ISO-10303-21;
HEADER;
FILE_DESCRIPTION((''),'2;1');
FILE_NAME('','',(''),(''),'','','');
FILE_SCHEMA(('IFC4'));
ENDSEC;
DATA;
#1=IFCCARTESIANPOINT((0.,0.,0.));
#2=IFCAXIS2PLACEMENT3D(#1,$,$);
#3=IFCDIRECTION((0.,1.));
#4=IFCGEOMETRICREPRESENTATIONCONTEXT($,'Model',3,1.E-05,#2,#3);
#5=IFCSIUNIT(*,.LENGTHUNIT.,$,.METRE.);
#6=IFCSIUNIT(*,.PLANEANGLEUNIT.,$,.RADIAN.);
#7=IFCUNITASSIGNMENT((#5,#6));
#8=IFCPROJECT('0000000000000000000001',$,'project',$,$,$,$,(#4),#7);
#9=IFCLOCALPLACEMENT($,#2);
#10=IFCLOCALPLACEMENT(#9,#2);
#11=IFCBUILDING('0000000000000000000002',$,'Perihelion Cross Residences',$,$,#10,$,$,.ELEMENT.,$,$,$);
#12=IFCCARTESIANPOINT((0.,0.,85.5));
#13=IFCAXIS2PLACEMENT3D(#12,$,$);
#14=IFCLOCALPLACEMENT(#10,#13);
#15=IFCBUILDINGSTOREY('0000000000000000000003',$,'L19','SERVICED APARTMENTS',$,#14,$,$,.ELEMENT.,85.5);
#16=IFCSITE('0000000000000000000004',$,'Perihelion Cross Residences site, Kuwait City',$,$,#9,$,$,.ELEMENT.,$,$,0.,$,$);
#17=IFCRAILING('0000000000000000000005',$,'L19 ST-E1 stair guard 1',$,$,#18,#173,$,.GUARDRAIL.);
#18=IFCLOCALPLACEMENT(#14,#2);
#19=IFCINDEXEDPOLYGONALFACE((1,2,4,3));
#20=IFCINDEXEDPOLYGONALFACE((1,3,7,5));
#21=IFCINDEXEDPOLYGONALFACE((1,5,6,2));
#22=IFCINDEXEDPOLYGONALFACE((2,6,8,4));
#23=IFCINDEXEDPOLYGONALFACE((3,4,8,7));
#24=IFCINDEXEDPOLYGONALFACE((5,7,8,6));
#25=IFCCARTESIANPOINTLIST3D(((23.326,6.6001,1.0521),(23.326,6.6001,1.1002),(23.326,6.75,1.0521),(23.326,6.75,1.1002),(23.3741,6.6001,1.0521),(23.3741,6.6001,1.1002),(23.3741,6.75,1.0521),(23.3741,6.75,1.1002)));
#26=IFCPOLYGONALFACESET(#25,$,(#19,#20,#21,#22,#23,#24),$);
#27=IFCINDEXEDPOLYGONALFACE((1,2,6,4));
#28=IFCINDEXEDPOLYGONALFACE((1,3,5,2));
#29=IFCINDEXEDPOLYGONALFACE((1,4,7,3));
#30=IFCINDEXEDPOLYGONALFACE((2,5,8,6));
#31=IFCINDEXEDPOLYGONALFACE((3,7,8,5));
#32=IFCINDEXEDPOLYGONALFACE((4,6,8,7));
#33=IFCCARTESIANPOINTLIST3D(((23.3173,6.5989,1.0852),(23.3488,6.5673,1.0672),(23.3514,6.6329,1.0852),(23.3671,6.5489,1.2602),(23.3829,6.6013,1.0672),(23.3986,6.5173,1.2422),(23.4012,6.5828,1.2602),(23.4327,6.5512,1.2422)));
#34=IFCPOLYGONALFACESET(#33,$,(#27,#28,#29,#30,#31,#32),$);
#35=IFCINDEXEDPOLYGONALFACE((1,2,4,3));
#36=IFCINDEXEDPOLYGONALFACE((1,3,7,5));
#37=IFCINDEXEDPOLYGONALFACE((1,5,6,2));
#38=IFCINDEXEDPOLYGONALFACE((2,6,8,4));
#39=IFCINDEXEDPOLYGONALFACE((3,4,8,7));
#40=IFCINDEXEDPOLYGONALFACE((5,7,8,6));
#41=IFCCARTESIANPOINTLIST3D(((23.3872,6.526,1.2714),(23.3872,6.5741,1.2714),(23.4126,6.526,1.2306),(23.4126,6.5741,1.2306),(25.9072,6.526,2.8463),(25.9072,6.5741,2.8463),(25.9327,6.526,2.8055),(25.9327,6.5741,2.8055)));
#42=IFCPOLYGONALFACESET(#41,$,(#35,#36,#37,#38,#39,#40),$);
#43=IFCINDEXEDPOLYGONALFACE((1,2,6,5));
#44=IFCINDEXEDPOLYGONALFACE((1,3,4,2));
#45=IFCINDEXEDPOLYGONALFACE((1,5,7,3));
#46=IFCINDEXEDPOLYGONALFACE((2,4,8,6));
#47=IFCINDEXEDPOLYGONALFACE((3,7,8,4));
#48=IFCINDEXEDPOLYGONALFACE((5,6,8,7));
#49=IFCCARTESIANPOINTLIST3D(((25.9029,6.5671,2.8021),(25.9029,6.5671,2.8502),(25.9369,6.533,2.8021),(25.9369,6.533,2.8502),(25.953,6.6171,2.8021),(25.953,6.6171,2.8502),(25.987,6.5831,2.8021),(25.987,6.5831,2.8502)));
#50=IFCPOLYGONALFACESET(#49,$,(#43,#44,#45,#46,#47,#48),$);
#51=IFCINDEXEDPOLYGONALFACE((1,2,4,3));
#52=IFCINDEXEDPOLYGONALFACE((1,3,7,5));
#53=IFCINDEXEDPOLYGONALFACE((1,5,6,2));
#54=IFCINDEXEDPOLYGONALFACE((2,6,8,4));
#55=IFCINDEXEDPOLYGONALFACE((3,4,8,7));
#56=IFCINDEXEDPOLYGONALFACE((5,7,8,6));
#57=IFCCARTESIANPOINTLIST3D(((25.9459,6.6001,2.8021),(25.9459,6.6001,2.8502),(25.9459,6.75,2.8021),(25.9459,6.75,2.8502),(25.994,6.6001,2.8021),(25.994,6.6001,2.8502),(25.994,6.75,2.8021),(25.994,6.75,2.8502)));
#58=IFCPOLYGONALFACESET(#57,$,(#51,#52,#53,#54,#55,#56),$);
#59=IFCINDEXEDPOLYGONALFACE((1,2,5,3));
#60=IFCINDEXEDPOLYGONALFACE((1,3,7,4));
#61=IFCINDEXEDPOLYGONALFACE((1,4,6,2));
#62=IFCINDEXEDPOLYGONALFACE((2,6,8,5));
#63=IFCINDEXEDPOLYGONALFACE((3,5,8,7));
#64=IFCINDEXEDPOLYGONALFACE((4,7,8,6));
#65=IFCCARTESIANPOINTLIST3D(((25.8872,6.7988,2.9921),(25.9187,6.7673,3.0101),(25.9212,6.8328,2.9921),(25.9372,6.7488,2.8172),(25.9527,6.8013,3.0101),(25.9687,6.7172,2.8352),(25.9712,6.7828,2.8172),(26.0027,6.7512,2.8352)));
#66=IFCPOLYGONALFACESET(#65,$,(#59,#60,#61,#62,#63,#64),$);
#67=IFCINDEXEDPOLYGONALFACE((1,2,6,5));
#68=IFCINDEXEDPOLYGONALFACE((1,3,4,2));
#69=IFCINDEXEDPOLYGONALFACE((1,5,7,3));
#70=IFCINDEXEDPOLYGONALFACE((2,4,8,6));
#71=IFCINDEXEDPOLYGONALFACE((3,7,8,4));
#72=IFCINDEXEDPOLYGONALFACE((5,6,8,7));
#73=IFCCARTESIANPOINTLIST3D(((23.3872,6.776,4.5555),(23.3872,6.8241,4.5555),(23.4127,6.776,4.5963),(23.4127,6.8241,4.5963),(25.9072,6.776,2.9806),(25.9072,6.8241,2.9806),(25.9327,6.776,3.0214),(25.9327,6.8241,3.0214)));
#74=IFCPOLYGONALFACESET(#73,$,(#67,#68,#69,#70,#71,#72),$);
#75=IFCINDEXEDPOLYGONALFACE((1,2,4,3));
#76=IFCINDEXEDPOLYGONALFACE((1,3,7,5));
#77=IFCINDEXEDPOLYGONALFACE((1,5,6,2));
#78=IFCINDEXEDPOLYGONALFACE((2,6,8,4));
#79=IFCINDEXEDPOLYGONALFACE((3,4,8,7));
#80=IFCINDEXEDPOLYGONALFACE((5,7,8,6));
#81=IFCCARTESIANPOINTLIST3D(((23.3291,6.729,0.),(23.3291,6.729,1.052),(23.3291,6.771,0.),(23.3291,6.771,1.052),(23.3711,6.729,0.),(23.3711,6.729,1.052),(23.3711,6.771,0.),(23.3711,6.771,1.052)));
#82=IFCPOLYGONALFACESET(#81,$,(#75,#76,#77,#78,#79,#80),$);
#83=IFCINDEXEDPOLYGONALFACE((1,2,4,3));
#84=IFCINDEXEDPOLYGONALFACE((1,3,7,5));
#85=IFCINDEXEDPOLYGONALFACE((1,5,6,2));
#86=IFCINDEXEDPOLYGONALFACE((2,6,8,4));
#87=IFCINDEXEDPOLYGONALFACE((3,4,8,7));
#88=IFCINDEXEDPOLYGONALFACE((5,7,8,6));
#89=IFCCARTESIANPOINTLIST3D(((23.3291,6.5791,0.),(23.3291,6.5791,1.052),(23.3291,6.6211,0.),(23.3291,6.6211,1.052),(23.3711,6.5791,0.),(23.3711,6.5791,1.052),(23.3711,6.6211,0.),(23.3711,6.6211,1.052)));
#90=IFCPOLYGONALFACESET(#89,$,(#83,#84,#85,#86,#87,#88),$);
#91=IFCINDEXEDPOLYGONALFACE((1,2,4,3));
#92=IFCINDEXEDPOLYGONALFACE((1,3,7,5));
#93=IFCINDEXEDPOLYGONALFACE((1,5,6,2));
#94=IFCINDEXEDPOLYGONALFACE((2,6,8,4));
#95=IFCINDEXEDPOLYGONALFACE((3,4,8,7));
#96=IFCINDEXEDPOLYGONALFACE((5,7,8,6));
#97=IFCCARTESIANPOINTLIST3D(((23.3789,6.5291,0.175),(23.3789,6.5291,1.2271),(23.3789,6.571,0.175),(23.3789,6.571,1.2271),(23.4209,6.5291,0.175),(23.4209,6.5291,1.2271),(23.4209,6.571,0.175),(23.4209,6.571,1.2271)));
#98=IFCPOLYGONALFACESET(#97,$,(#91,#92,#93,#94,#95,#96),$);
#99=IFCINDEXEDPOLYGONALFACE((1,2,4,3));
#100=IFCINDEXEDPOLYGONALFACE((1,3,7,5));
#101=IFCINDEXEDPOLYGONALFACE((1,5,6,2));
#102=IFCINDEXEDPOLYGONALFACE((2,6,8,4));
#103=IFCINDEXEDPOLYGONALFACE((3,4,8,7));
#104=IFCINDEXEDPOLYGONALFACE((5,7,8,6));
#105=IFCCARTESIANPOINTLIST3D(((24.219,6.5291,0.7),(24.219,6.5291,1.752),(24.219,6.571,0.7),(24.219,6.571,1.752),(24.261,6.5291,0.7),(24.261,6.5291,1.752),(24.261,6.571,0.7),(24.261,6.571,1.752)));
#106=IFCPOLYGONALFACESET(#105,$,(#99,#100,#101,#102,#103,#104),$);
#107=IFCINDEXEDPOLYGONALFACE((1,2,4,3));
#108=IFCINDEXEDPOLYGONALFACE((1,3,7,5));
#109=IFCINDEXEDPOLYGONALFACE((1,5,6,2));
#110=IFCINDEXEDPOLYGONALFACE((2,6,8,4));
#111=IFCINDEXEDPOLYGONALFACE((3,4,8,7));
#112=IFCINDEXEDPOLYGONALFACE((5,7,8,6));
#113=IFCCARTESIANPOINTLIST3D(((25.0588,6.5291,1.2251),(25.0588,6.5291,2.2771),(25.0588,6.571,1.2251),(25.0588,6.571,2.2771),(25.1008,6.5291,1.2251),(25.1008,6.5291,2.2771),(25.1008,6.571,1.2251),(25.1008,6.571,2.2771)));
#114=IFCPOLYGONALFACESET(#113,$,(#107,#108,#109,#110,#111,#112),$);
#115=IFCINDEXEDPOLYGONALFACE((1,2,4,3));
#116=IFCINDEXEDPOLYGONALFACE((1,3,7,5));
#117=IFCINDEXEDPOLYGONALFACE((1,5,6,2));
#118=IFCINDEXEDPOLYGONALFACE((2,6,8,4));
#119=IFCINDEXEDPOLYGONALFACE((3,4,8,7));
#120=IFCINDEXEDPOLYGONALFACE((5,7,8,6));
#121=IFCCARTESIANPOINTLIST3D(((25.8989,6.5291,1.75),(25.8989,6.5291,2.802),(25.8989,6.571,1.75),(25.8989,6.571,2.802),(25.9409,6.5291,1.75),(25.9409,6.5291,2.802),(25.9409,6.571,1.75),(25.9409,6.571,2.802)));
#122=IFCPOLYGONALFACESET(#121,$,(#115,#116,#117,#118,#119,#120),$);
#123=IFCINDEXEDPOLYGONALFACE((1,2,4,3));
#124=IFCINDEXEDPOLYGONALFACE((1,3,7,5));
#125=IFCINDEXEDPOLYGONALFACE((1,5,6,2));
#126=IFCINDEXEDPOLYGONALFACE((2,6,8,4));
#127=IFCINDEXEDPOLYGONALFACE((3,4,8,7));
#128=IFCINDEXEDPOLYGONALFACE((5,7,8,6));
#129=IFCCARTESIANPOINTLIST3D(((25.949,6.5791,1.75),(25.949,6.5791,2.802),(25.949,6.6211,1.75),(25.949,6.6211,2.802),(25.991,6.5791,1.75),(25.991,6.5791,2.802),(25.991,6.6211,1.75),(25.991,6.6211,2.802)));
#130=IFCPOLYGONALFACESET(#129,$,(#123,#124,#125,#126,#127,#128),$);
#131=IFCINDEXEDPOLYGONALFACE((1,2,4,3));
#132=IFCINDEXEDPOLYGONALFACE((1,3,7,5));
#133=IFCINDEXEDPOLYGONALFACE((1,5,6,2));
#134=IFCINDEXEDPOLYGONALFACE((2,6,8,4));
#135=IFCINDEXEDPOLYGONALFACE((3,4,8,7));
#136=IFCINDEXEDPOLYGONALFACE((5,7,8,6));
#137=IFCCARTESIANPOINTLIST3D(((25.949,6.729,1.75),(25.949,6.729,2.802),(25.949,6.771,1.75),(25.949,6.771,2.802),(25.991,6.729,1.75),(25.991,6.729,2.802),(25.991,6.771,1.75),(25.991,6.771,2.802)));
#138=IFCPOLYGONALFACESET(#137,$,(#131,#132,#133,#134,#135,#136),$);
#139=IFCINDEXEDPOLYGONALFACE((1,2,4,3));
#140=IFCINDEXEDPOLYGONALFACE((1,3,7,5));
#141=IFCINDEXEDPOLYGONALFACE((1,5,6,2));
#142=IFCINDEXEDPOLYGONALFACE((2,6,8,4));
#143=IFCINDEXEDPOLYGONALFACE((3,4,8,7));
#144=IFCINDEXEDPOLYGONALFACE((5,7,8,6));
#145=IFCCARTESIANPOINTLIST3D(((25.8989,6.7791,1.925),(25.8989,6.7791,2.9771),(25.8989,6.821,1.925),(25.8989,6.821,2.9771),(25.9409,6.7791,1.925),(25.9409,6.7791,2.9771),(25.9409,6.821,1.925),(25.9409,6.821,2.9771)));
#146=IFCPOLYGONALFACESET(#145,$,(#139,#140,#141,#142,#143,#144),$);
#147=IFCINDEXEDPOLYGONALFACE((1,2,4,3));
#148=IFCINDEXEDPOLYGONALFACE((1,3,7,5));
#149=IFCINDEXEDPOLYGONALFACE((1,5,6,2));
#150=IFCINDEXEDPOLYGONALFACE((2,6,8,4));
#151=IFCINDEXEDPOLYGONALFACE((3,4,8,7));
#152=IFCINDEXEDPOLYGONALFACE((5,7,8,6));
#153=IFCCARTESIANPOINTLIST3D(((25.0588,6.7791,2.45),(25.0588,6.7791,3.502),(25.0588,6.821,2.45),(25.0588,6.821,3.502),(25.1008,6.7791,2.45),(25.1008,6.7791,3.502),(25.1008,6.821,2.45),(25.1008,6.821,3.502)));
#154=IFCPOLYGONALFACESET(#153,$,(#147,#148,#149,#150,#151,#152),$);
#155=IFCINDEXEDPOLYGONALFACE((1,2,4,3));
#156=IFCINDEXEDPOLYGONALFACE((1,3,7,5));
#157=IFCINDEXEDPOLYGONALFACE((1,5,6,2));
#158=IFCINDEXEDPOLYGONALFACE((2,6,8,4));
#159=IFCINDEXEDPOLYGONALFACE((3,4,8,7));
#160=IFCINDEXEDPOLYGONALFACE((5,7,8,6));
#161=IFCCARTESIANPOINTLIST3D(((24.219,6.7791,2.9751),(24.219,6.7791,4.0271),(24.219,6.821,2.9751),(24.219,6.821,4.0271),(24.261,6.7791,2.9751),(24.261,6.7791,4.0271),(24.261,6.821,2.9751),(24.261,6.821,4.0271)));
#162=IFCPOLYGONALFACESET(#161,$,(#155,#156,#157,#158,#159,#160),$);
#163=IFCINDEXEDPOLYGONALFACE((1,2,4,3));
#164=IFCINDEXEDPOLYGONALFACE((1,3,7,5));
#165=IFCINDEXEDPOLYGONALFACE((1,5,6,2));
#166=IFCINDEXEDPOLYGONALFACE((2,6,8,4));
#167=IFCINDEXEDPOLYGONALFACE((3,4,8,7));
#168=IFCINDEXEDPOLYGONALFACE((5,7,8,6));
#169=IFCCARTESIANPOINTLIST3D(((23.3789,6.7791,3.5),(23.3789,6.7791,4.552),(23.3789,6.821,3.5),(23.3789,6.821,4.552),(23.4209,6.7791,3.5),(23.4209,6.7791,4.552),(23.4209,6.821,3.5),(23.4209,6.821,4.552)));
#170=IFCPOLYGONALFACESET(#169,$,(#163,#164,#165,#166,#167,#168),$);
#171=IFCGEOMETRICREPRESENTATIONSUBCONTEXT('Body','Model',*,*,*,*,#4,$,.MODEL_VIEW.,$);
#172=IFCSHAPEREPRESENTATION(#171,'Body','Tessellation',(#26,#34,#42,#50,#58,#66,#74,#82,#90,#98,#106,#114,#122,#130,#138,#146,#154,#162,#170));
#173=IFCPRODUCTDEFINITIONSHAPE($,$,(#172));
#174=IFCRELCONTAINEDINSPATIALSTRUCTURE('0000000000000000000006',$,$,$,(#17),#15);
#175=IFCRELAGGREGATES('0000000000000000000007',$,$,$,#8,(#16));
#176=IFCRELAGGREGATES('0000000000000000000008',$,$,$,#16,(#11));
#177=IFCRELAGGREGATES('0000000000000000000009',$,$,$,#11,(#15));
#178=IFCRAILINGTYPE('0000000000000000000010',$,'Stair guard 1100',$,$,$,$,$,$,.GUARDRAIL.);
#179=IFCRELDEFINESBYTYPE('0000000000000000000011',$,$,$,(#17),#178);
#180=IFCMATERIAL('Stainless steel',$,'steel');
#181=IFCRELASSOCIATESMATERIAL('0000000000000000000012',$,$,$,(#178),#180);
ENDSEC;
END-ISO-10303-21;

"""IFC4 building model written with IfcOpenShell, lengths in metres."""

from ifc_helpers import new_model, si_unit, direction, frame, origin, origin_2d, place, context, subcontext, project, spatial, rectangle, extrude, material, type_object, element, save


model = new_model("IFC4")

# Units and contexts
model_context = context("Model", 3, precision=1e-05, world=origin(), true_north=direction((0.0, 1.0)))
body_context = subcontext(model_context, "Body", "Model", "MODEL_VIEW")
ifc_project = project(units=[si_unit("LENGTHUNIT", "METRE"), si_unit("PLANEANGLEUNIT", "RADIAN")], contexts=[model_context])

# Site, building, storey
site_placement = place(None, origin())
site = spatial("IfcSite", under=ifc_project, at=site_placement, Name="Perihelion Cross Residences site, Kuwait City", CompositionType="ELEMENT", RefElevation=0.0)
building_placement = place(site_placement, origin())
building = spatial("IfcBuilding", under=site, at=building_placement, Name="Perihelion Cross Residences", CompositionType="ELEMENT")
storey_placement = place(building_placement, frame((0.0, 0.0, 85.5)))
storey = spatial("IfcBuildingStorey", under=building, at=storey_placement, Name="L19", Description="SERVICED APARTMENTS", CompositionType="ELEMENT", Elevation=85.5)

# Railing
ifc_material_1 = material(Name="Stainless steel", Category="steel")
railing_type_1 = type_object("IfcRailingType", Name="Stair guard 1100", PredefinedType="GUARDRAIL", material=ifc_material_1)
railing_1_placement = place(storey_placement, frame((23.3501, 6.75, 0.0)))
element("IfcRailing", 1, at=railing_1_placement, inside=storey, type_object=railing_type_1, Name="L19 ST-E1 stair guard 1", PredefinedType="GUARDRAIL", context=body_context, shape_type="SweptSolid", body=[
    extrude(rectangle(XDim=0.0481, YDim=0.0481, at=origin_2d()), frame((0.0, 0.0, 1.0762), z_axis=(0.0, -1.0, 0.0), x_axis=(1.0, 0.0, 0.0)), (0.0, 0.0, 1.0), 0.1499),
    extrude(rectangle(XDim=0.0481, YDim=0.0481, at=origin_2d()), frame((0.0, -0.1499, 1.0762), z_axis=(0.263862, -0.265156, 0.927399), x_axis=(0.708834, 0.705376, 0.0)), (0.0, 0.0, 1.0), 0.1887),
    extrude(rectangle(XDim=0.0481, YDim=0.0481, at=origin_2d()), frame((0.0498, -0.2, 1.251), z_axis=(0.848008, 0.0, 0.529984), x_axis=(0.0, 1.0, 0.0)), (0.0, 0.0, 1.0), 2.9717),
    extrude(rectangle(XDim=0.0481, YDim=0.0481, at=origin_2d()), frame((2.5698, -0.2, 2.8262), z_axis=(0.707107, 0.707107, 0.0), x_axis=(-0.707107, 0.707107, 0.0)), (0.0, 0.0, 1.0), 0.0708),
    extrude(rectangle(XDim=0.0481, YDim=0.0481, at=origin_2d()), frame((2.6199, -0.1499, 2.8262), z_axis=(0.0, 1.0, 0.0), x_axis=(-1.0, 0.0, 0.0)), (0.0, 0.0, 1.0), 0.1499),
    extrude(rectangle(XDim=0.0481, YDim=0.0481, at=origin_2d()), frame((2.6199, 0.0, 2.8262), z_axis=(-0.265065, 0.265065, 0.927082), x_axis=(-0.707107, -0.707107, 0.0)), (0.0, 0.0, 1.0), 0.1887),
    extrude(rectangle(XDim=0.0481, YDim=0.0481, at=origin_2d()), frame((2.5698, 0.05, 3.001), z_axis=(-0.848008, 0.0, 0.529984), x_axis=(0.0, -1.0, 0.0)), (0.0, 0.0, 1.0), 2.9717),
    extrude(rectangle(XDim=0.042, YDim=0.042, at=origin_2d()), origin(), (0.0, 0.0, 1.0), 1.052),
    extrude(rectangle(XDim=0.042, YDim=0.042, at=origin_2d()), frame((0.0, -0.1499, 0.0)), (0.0, 0.0, 1.0), 1.052),
    extrude(rectangle(XDim=0.042, YDim=0.042, at=origin_2d()), frame((0.0498, -0.2, 0.175)), (0.0, 0.0, 1.0), 1.052),
    extrude(rectangle(XDim=0.042, YDim=0.042, at=origin_2d()), frame((0.8899, -0.2, 0.7)), (0.0, 0.0, 1.0), 1.052),
    extrude(rectangle(XDim=0.042, YDim=0.042, at=origin_2d()), frame((1.7297, -0.2, 1.2251)), (0.0, 0.0, 1.0), 1.052),
    extrude(rectangle(XDim=0.042, YDim=0.042, at=origin_2d()), frame((2.5698, -0.2, 1.75)), (0.0, 0.0, 1.0), 1.052),
    extrude(rectangle(XDim=0.042, YDim=0.042, at=origin_2d()), frame((2.6199, -0.1499, 1.75)), (0.0, 0.0, 1.0), 1.052),
    extrude(rectangle(XDim=0.042, YDim=0.042, at=origin_2d()), frame((2.6199, 0.0, 1.75)), (0.0, 0.0, 1.0), 1.052),
    extrude(rectangle(XDim=0.042, YDim=0.042, at=origin_2d()), frame((2.5698, 0.05, 1.925)), (0.0, 0.0, 1.0), 1.052),
    extrude(rectangle(XDim=0.042, YDim=0.042, at=origin_2d()), frame((1.7297, 0.05, 2.45)), (0.0, 0.0, 1.0), 1.052),
    extrude(rectangle(XDim=0.042, YDim=0.042, at=origin_2d()), frame((0.8899, 0.05, 2.9751)), (0.0, 0.0, 1.0), 1.052),
    extrude(rectangle(XDim=0.042, YDim=0.042, at=origin_2d()), frame((0.0498, 0.05, 3.5)), (0.0, 0.0, 1.0), 1.052),
])

save(model, "model.ifc")
